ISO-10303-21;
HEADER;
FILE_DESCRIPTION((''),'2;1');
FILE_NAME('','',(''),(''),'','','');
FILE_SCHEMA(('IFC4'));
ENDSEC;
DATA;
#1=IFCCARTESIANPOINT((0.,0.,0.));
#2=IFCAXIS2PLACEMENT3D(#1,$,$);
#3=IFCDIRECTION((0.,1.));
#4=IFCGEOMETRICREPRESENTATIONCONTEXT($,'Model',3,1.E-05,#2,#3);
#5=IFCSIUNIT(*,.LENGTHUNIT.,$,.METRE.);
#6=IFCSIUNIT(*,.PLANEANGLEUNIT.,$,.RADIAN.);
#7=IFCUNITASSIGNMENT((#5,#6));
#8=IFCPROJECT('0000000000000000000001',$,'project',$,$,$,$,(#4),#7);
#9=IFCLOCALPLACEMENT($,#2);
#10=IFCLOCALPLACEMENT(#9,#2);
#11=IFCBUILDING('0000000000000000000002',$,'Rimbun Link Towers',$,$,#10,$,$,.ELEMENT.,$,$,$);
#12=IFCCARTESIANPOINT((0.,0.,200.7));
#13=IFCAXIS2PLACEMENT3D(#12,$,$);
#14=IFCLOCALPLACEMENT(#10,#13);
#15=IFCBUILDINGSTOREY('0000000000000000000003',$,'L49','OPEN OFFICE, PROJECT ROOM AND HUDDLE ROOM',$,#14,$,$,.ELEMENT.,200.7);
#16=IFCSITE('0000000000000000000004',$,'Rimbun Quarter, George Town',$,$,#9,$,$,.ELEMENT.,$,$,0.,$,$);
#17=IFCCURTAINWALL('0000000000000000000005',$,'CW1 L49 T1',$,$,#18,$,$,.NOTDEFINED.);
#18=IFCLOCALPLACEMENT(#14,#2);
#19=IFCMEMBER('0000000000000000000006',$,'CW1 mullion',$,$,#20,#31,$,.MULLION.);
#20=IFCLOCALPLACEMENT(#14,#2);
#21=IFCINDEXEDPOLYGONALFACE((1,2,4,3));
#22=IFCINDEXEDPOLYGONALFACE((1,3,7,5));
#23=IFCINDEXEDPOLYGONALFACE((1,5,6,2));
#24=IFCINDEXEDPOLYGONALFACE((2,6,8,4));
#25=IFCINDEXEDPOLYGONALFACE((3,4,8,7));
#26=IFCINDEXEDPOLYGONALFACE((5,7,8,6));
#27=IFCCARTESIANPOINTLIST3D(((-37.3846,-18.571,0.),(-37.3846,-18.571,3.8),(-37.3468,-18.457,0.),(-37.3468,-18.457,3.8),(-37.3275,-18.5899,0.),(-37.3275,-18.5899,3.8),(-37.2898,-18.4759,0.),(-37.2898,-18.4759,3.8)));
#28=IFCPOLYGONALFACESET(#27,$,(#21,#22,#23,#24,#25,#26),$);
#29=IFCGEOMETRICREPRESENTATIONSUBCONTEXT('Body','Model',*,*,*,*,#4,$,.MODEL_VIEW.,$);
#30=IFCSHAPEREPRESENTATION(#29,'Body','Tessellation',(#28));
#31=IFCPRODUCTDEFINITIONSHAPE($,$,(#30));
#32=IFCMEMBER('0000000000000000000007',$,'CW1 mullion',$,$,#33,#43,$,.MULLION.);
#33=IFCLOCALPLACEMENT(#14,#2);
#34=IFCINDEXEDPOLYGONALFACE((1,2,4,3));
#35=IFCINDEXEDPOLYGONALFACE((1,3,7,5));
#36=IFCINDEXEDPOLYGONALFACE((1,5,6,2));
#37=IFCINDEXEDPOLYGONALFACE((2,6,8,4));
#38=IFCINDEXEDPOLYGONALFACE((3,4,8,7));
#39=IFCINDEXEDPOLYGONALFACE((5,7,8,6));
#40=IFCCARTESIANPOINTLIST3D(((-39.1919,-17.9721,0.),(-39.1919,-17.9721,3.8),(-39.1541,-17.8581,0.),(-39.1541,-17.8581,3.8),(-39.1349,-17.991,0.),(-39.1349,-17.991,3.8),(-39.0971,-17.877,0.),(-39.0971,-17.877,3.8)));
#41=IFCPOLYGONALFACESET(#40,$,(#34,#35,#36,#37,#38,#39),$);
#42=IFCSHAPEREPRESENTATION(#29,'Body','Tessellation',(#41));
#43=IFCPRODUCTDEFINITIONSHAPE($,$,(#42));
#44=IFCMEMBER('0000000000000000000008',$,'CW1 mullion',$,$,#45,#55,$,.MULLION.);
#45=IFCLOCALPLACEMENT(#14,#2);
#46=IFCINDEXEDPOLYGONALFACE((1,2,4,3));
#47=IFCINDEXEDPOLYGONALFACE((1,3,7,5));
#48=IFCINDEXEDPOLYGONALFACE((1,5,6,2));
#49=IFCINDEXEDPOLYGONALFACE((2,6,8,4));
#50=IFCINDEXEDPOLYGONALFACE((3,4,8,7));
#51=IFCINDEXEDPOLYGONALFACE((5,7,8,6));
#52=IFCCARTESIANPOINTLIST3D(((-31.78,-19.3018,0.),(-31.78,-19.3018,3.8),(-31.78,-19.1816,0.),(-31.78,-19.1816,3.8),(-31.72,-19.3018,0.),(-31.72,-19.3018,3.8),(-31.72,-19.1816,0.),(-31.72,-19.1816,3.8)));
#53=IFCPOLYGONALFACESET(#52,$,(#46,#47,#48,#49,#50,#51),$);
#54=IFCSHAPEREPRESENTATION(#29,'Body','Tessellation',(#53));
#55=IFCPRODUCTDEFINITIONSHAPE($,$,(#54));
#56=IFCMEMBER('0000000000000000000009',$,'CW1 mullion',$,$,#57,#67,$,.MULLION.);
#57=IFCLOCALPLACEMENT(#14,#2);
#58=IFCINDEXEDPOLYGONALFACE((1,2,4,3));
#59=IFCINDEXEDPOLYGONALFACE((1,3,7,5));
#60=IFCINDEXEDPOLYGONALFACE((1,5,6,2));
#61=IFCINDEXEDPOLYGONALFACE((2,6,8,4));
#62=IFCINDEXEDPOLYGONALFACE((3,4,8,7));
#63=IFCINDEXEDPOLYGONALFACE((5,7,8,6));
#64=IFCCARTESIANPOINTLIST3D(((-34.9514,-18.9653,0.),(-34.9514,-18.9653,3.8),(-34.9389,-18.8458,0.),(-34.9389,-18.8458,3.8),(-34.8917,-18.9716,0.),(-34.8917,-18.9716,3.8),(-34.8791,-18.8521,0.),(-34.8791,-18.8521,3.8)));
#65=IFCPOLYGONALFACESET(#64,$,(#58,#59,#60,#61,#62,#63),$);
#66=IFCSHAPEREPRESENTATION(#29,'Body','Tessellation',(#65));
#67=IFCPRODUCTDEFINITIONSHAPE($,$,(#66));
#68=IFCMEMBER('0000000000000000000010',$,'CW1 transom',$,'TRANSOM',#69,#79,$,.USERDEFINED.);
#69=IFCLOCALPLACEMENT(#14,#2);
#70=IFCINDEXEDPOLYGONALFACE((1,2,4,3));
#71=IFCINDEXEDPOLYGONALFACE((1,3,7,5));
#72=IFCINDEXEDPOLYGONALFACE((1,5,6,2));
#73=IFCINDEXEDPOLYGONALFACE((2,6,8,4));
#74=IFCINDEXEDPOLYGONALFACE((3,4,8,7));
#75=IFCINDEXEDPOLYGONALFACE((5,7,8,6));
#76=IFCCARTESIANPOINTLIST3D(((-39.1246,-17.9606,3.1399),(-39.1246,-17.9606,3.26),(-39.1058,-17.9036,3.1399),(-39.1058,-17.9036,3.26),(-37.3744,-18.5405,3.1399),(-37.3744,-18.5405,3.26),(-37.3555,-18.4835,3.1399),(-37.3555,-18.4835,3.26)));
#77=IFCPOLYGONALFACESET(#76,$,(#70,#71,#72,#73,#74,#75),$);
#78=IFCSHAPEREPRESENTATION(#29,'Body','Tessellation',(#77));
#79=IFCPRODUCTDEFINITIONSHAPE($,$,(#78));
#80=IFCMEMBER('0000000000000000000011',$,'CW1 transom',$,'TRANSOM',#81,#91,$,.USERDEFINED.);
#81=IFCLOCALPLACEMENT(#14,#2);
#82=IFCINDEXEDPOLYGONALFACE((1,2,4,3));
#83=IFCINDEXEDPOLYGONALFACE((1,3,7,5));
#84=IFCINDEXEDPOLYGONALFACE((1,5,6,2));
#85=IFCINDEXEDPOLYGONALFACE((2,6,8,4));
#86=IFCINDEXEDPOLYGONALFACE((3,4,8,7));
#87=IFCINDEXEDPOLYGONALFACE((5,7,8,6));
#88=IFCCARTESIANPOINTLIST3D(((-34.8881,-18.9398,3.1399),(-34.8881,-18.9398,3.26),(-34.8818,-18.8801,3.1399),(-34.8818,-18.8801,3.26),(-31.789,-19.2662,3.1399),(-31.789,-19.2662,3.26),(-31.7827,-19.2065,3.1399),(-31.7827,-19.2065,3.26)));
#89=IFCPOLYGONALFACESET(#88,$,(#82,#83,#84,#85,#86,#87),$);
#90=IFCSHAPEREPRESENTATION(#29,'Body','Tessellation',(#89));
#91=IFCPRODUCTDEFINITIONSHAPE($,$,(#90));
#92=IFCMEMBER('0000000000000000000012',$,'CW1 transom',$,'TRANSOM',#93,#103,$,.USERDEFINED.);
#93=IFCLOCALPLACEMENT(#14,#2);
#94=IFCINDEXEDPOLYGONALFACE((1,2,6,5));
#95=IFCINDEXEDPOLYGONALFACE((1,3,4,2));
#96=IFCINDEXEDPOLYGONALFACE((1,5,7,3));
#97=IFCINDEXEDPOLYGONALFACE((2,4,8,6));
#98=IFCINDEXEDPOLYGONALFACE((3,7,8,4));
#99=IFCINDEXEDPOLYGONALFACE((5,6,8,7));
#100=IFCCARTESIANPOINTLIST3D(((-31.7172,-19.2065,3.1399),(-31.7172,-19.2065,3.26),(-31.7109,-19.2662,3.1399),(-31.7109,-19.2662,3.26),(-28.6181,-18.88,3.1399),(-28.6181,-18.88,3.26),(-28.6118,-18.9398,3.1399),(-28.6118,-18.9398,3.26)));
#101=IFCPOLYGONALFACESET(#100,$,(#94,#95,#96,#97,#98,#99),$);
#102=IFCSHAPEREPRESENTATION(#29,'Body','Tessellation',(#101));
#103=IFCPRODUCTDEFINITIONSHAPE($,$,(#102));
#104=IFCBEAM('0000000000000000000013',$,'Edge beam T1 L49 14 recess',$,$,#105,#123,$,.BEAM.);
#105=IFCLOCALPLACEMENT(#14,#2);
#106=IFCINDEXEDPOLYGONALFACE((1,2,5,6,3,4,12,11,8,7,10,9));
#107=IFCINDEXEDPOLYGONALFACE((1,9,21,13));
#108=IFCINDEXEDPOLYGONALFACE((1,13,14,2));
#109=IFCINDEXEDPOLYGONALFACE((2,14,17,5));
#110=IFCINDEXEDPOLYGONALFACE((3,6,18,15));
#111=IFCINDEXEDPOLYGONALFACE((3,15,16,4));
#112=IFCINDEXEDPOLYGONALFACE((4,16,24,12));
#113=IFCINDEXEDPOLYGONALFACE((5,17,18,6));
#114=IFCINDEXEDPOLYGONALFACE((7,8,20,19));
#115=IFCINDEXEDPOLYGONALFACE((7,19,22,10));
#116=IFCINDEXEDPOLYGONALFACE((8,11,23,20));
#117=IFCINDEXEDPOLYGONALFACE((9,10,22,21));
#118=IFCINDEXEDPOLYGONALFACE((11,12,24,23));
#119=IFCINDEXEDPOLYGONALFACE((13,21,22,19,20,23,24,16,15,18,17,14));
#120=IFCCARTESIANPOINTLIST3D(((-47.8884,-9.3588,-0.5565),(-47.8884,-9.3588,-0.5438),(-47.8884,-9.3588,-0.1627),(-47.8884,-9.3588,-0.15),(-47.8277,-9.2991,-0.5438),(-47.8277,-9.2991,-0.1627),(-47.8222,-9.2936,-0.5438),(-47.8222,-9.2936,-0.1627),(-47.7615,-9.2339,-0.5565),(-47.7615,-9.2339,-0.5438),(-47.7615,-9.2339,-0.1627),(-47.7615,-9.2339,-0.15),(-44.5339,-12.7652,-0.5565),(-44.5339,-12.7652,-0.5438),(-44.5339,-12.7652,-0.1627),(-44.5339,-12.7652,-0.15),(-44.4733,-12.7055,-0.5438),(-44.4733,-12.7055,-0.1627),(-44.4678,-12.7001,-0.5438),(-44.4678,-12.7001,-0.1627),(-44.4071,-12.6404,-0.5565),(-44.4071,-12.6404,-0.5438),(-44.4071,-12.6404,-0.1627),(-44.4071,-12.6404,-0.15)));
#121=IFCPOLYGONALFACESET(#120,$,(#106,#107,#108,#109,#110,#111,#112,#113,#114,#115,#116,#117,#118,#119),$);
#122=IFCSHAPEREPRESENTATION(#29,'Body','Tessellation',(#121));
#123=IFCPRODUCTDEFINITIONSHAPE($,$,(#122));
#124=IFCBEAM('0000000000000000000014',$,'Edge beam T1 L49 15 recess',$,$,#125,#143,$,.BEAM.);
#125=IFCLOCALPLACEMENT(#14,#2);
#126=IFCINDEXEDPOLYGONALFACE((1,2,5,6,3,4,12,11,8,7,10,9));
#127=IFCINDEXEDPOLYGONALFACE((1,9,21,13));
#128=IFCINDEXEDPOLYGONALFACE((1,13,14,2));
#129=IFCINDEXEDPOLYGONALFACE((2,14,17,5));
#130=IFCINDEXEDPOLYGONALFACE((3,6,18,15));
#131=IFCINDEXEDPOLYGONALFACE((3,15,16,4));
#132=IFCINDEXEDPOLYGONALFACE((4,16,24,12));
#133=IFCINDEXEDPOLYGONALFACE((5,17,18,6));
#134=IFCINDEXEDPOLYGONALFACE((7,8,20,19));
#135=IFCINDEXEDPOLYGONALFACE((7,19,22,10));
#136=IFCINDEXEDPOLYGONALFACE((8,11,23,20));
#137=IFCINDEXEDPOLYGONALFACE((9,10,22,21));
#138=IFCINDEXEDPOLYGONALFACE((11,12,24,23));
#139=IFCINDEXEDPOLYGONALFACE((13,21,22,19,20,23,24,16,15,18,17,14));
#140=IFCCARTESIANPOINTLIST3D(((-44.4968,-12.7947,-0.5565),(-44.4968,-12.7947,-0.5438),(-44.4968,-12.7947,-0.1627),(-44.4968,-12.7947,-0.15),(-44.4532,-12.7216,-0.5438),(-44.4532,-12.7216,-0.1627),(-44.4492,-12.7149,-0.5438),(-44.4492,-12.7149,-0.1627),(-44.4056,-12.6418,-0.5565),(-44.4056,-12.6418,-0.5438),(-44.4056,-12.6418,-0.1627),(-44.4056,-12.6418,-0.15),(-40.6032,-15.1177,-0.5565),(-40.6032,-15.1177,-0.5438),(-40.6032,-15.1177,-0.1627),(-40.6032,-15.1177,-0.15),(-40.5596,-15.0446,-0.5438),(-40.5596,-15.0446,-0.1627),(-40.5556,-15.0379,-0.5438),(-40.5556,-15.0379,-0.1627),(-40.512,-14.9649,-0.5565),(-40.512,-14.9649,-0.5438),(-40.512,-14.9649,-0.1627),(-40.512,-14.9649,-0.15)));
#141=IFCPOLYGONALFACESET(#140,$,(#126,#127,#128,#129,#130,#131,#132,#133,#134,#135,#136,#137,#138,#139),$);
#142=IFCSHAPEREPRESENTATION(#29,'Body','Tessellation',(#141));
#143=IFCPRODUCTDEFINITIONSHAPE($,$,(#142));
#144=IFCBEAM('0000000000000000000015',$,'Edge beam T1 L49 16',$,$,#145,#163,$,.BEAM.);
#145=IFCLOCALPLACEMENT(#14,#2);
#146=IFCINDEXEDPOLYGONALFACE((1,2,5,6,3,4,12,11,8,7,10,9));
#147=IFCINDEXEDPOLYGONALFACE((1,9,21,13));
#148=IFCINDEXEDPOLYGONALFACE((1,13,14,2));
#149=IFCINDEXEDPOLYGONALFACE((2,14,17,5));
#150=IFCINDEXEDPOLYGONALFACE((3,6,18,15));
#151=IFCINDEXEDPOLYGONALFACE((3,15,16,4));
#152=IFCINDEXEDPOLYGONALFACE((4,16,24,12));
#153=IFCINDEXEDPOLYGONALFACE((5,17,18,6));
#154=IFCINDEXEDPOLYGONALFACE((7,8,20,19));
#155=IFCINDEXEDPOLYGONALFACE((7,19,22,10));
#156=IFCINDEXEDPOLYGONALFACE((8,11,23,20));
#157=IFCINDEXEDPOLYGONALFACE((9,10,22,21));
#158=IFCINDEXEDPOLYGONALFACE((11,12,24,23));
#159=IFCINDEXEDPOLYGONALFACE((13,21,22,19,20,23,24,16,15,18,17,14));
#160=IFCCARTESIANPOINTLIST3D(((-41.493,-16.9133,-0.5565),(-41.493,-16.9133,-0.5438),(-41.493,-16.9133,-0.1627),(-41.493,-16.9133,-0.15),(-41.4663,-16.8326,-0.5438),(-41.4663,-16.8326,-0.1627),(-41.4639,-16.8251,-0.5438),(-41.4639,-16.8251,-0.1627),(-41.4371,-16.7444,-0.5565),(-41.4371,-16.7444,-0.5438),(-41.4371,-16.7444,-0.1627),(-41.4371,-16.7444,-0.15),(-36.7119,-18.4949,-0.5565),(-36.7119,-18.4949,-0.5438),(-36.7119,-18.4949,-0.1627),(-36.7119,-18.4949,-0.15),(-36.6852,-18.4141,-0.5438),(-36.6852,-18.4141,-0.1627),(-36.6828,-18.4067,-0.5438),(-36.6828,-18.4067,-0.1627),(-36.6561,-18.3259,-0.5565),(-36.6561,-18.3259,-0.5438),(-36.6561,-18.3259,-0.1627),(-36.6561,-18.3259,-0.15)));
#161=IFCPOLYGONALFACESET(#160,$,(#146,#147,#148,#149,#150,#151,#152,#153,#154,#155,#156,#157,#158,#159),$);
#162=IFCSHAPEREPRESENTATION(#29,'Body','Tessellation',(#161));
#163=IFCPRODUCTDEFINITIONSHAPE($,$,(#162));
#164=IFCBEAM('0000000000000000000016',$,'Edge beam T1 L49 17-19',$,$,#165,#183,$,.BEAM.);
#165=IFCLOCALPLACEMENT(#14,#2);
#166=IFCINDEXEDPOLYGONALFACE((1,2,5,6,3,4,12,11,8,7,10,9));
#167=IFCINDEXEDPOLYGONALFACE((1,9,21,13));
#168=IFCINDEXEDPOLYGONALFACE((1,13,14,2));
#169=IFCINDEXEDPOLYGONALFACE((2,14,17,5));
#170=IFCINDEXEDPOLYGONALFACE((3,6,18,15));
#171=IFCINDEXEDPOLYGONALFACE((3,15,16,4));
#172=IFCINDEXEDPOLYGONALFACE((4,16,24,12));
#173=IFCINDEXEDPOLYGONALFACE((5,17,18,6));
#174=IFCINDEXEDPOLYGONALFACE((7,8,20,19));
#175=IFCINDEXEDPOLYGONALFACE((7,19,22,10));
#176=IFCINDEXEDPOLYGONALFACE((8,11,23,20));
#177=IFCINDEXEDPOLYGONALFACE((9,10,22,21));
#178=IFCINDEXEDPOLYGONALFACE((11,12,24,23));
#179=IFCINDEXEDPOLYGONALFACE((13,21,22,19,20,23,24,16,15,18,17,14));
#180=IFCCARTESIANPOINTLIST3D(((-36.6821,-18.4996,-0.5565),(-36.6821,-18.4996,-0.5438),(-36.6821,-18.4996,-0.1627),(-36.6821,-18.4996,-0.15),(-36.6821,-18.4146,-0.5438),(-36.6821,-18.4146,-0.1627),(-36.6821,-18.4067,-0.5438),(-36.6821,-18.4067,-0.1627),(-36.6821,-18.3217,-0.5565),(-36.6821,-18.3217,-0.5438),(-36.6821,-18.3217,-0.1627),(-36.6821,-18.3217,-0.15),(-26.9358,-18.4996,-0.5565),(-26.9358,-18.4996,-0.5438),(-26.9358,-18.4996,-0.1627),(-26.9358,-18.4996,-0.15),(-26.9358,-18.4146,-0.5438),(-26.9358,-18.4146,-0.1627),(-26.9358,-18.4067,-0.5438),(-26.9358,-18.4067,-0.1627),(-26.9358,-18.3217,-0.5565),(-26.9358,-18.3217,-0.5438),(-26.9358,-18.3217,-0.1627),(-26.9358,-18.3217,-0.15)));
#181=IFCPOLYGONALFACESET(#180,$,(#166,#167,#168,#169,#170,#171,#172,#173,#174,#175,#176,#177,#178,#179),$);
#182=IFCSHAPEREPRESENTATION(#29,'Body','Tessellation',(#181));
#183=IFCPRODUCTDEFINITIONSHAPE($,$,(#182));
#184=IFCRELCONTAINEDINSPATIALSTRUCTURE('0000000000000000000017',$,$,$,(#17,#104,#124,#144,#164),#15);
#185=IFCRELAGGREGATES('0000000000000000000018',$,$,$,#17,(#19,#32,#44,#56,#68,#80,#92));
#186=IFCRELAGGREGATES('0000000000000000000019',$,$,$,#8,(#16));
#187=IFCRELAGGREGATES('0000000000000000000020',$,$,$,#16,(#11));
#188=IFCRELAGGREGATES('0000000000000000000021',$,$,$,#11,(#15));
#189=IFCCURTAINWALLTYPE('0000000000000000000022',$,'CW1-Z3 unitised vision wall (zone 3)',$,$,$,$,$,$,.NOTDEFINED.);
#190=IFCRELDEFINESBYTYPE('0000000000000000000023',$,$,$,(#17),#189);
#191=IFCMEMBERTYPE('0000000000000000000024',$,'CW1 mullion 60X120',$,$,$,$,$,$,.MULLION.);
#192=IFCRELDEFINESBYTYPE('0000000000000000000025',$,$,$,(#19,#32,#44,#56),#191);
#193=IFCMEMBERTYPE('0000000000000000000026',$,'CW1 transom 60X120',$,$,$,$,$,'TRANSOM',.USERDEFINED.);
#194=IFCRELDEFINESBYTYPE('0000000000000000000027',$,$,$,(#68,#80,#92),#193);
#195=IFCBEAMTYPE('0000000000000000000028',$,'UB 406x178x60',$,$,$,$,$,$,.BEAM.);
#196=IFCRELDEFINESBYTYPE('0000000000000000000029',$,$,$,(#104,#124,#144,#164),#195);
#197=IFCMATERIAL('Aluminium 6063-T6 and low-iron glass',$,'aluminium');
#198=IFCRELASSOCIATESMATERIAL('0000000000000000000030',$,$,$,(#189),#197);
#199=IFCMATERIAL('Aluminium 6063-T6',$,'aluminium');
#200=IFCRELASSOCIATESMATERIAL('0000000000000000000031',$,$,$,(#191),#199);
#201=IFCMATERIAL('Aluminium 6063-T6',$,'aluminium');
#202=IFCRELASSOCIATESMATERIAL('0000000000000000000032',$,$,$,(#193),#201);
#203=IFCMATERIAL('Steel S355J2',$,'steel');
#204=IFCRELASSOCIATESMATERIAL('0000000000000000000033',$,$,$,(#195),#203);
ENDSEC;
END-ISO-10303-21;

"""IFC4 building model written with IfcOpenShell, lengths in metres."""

from ifc_helpers import new_model, si_unit, direction, frame, origin, origin_2d, place, context, subcontext, project, spatial, rectangle, i_section, extrude, material, material_profile, profile_set, type_object, element, aggregate, save


model = new_model("IFC4")

# Units and contexts
model_context = context("Model", 3, precision=1e-05, world=origin(), true_north=direction((0.0, 1.0)))
body_context = subcontext(model_context, "Body", "Model", "MODEL_VIEW")
ifc_project = project(units=[si_unit("LENGTHUNIT", "METRE"), si_unit("PLANEANGLEUNIT", "RADIAN")], contexts=[model_context])

# Site, building, storey
site_placement = place(None, origin())
site = spatial("IfcSite", under=ifc_project, at=site_placement, Name="Rimbun Quarter, George Town", CompositionType="ELEMENT", RefElevation=0.0)
building_placement = place(site_placement, origin())
building = spatial("IfcBuilding", under=site, at=building_placement, Name="Rimbun Link Towers", CompositionType="ELEMENT")
storey_placement = place(building_placement, frame((0.0, 0.0, 200.7)))
storey = spatial("IfcBuildingStorey", under=building, at=storey_placement, Name="L49", Description="OPEN OFFICE, PROJECT ROOM AND HUDDLE ROOM", CompositionType="ELEMENT", Elevation=200.7)

# Curtain wall, members
ifc_material_1 = material(Name="Aluminium 6063-T6 and low-iron glass", Category="aluminium")
curtain_wall_type = type_object("IfcCurtainWallType", Name="CW1-Z3 unitised vision wall (zone 3)", PredefinedType="NOTDEFINED", material=ifc_material_1)
curtain_wall_placement = place(storey_placement, origin())
curtain_wall = element("IfcCurtainWall", 1, at=curtain_wall_placement, inside=storey, type_object=curtain_wall_type, Name="CW1 L49 T1", PredefinedType="NOTDEFINED")
ifc_material_2 = material(Name="Aluminium 6063-T6", Category="aluminium")
ifc_material_profile_1 = material_profile(ifc_material_2, rectangle(XDim=0.1201, YDim=0.0601, at=origin_2d()), Name="MULLION 60X120")
ifc_profile_set_1 = profile_set([ifc_material_profile_1], Name="Aluminium 6063-T6")
member_type_1 = type_object("IfcMemberType", Name="CW1 mullion 60X120", PredefinedType="MULLION", material=ifc_profile_set_1)
member_1_placement = place(storey_placement, frame((-37.3372, -18.5234, 0.0), z_axis=(0.0, 0.0, 1.0), x_axis=(-0.314558, -0.949238, 0.0)))
member_1 = element("IfcMember", 2, at=member_1_placement, type_object=member_type_1, Name="CW1 mullion", PredefinedType="MULLION", context=body_context, shape_type="SweptSolid", body=[
    extrude(rectangle(XDim=0.1201, YDim=0.0601, at=origin_2d()), origin(), (0.0, 0.0, 1.0), 3.8),
])
member_2_placement = place(storey_placement, frame((-39.1445, -17.9246, 0.0), z_axis=(0.0, 0.0, 1.0), x_axis=(-0.314558, -0.949238, 0.0)))
member_2 = element("IfcMember", 3, at=member_2_placement, type_object=member_type_1, Name="CW1 mullion", PredefinedType="MULLION", context=body_context, shape_type="SweptSolid", body=[
    extrude(rectangle(XDim=0.1201, YDim=0.0601, at=origin_2d()), origin(), (0.0, 0.0, 1.0), 3.8),
])
member_3_placement = place(storey_placement, frame((-31.75, -19.2417, 0.0), z_axis=(0.0, 0.0, 1.0), x_axis=(0.0, -1.0, 0.0)))
member_3 = element("IfcMember", 4, at=member_3_placement, type_object=member_type_1, Name="CW1 mullion", PredefinedType="MULLION", context=body_context, shape_type="SweptSolid", body=[
    extrude(rectangle(XDim=0.1201, YDim=0.0601, at=origin_2d()), origin(), (0.0, 0.0, 1.0), 3.8),
])
member_4_placement = place(storey_placement, frame((-34.9153, -18.9087, 0.0), z_axis=(0.0, 0.0, 1.0), x_axis=(-0.104748, -0.994499, 0.0)))
member_4 = element("IfcMember", 5, at=member_4_placement, type_object=member_type_1, Name="CW1 mullion", PredefinedType="MULLION", context=body_context, shape_type="SweptSolid", body=[
    extrude(rectangle(XDim=0.1201, YDim=0.0601, at=origin_2d()), origin(), (0.0, 0.0, 1.0), 3.8),
])
ifc_material_3 = material(Name="Aluminium 6063-T6", Category="aluminium")
ifc_material_profile_2 = material_profile(ifc_material_3, rectangle(XDim=0.0601, YDim=0.1201, at=origin_2d()), Name="TRANSOM 60X120")
ifc_profile_set_2 = profile_set([ifc_material_profile_2], Name="Aluminium 6063-T6")
member_type_2 = type_object("IfcMemberType", Name="CW1 transom 60X120", ElementType="TRANSOM", PredefinedType="USERDEFINED", material=ifc_profile_set_2)
member_5_placement = place(storey_placement, frame((-37.365, -18.512, 3.2), z_axis=(-0.949264, 0.314479, 0.0), x_axis=(-0.314479, -0.949264, 0.0)))
member_5 = element("IfcMember", 6, at=member_5_placement, type_object=member_type_2, Name="CW1 transom", ObjectType="TRANSOM", PredefinedType="USERDEFINED", context=body_context, shape_type="SweptSolid", body=[
    extrude(rectangle(XDim=0.0601, YDim=0.1201, at=origin_2d()), origin(), (0.0, 0.0, 1.0), 1.8438),
])
member_6_placement = place(storey_placement, frame((-31.7859, -19.2363, 3.2), z_axis=(-0.994499, 0.104746, 0.0), x_axis=(-0.104746, -0.994499, 0.0)))
member_6 = element("IfcMember", 7, at=member_6_placement, type_object=member_type_2, Name="CW1 transom", ObjectType="TRANSOM", PredefinedType="USERDEFINED", context=body_context, shape_type="SweptSolid", body=[
    extrude(rectangle(XDim=0.0601, YDim=0.1201, at=origin_2d()), origin(), (0.0, 0.0, 1.0), 3.1162),
])
member_7_placement = place(storey_placement, frame((-28.615, -18.9099, 3.2), z_axis=(-0.994499, -0.104746, 0.0), x_axis=(0.104746, -0.994499, 0.0)))
member_7 = element("IfcMember", 8, at=member_7_placement, type_object=member_type_2, Name="CW1 transom", ObjectType="TRANSOM", PredefinedType="USERDEFINED", context=body_context, shape_type="SweptSolid", body=[
    extrude(rectangle(XDim=0.0601, YDim=0.1201, at=origin_2d()), origin(), (0.0, 0.0, 1.0), 3.1162),
])

# Beams
ifc_material_4 = material(Name="Steel S355J2", Category="steel")
ifc_material_profile_3 = material_profile(ifc_material_4, i_section(OverallWidth=0.178, OverallDepth=0.4065, WebThickness=0.0078, FlangeThickness=0.0127, at=origin_2d()), Name="UB 406x178x60")
ifc_profile_set_3 = profile_set([ifc_material_profile_3], Name="Steel S355J2")
beam_type_1 = type_object("IfcBeamType", Name="UB 406x178x60", PredefinedType="BEAM", material=ifc_profile_set_3)
beam_1_placement = place(storey_placement, frame((-47.825, -9.2964, -0.3533), z_axis=(0.701647, -0.712524, 0.0), x_axis=(0.712524, 0.701647, 0.0)))
element("IfcBeam", 9, at=beam_1_placement, inside=storey, type_object=beam_type_1, Name="Edge beam T1 L49 14 recess", PredefinedType="BEAM", context=body_context, shape_type="SweptSolid", body=[
    extrude(i_section(OverallWidth=0.178, OverallDepth=0.4065, WebThickness=0.0078, FlangeThickness=0.0127, at=origin_2d()), origin(), (0.0, 0.0, 1.0), 4.7808),
])
beam_2_placement = place(storey_placement, frame((-44.4512, -12.7183, -0.3533), z_axis=(0.858768, -0.512364, 0.0), x_axis=(0.512364, 0.858768, 0.0)))
element("IfcBeam", 10, at=beam_2_placement, inside=storey, type_object=beam_type_1, Name="Edge beam T1 L49 15 recess", PredefinedType="BEAM", context=body_context, shape_type="SweptSolid", body=[
    extrude(i_section(OverallWidth=0.178, OverallDepth=0.4065, WebThickness=0.0078, FlangeThickness=0.0127, at=origin_2d()), origin(), (0.0, 0.0, 1.0), 4.5339),
])
beam_3_placement = place(storey_placement, frame((-41.4651, -16.8289, -0.3533), z_axis=(0.949403, -0.31406, 0.0), x_axis=(0.31406, 0.949403, 0.0)))
element("IfcBeam", 11, at=beam_3_placement, inside=storey, type_object=beam_type_1, Name="Edge beam T1 L49 16", PredefinedType="BEAM", context=body_context, shape_type="SweptSolid", body=[
    extrude(i_section(OverallWidth=0.178, OverallDepth=0.4065, WebThickness=0.0078, FlangeThickness=0.0127, at=origin_2d()), origin(), (0.0, 0.0, 1.0), 5.0359),
])
beam_4_placement = place(storey_placement, frame((-36.6821, -18.4106, -0.3533), z_axis=(1.0, 0.0, 0.0), x_axis=(0.0, 1.0, 0.0)))
element("IfcBeam", 12, at=beam_4_placement, inside=storey, type_object=beam_type_1, Name="Edge beam T1 L49 17-19", PredefinedType="BEAM", context=body_context, shape_type="SweptSolid", body=[
    extrude(i_section(OverallWidth=0.178, OverallDepth=0.4065, WebThickness=0.0078, FlangeThickness=0.0127, at=origin_2d()), origin(), (0.0, 0.0, 1.0), 9.7463),
])

aggregate(curtain_wall, [member_1, member_2, member_3, member_4, member_5, member_6, member_7])

save(model, "model.ifc")
